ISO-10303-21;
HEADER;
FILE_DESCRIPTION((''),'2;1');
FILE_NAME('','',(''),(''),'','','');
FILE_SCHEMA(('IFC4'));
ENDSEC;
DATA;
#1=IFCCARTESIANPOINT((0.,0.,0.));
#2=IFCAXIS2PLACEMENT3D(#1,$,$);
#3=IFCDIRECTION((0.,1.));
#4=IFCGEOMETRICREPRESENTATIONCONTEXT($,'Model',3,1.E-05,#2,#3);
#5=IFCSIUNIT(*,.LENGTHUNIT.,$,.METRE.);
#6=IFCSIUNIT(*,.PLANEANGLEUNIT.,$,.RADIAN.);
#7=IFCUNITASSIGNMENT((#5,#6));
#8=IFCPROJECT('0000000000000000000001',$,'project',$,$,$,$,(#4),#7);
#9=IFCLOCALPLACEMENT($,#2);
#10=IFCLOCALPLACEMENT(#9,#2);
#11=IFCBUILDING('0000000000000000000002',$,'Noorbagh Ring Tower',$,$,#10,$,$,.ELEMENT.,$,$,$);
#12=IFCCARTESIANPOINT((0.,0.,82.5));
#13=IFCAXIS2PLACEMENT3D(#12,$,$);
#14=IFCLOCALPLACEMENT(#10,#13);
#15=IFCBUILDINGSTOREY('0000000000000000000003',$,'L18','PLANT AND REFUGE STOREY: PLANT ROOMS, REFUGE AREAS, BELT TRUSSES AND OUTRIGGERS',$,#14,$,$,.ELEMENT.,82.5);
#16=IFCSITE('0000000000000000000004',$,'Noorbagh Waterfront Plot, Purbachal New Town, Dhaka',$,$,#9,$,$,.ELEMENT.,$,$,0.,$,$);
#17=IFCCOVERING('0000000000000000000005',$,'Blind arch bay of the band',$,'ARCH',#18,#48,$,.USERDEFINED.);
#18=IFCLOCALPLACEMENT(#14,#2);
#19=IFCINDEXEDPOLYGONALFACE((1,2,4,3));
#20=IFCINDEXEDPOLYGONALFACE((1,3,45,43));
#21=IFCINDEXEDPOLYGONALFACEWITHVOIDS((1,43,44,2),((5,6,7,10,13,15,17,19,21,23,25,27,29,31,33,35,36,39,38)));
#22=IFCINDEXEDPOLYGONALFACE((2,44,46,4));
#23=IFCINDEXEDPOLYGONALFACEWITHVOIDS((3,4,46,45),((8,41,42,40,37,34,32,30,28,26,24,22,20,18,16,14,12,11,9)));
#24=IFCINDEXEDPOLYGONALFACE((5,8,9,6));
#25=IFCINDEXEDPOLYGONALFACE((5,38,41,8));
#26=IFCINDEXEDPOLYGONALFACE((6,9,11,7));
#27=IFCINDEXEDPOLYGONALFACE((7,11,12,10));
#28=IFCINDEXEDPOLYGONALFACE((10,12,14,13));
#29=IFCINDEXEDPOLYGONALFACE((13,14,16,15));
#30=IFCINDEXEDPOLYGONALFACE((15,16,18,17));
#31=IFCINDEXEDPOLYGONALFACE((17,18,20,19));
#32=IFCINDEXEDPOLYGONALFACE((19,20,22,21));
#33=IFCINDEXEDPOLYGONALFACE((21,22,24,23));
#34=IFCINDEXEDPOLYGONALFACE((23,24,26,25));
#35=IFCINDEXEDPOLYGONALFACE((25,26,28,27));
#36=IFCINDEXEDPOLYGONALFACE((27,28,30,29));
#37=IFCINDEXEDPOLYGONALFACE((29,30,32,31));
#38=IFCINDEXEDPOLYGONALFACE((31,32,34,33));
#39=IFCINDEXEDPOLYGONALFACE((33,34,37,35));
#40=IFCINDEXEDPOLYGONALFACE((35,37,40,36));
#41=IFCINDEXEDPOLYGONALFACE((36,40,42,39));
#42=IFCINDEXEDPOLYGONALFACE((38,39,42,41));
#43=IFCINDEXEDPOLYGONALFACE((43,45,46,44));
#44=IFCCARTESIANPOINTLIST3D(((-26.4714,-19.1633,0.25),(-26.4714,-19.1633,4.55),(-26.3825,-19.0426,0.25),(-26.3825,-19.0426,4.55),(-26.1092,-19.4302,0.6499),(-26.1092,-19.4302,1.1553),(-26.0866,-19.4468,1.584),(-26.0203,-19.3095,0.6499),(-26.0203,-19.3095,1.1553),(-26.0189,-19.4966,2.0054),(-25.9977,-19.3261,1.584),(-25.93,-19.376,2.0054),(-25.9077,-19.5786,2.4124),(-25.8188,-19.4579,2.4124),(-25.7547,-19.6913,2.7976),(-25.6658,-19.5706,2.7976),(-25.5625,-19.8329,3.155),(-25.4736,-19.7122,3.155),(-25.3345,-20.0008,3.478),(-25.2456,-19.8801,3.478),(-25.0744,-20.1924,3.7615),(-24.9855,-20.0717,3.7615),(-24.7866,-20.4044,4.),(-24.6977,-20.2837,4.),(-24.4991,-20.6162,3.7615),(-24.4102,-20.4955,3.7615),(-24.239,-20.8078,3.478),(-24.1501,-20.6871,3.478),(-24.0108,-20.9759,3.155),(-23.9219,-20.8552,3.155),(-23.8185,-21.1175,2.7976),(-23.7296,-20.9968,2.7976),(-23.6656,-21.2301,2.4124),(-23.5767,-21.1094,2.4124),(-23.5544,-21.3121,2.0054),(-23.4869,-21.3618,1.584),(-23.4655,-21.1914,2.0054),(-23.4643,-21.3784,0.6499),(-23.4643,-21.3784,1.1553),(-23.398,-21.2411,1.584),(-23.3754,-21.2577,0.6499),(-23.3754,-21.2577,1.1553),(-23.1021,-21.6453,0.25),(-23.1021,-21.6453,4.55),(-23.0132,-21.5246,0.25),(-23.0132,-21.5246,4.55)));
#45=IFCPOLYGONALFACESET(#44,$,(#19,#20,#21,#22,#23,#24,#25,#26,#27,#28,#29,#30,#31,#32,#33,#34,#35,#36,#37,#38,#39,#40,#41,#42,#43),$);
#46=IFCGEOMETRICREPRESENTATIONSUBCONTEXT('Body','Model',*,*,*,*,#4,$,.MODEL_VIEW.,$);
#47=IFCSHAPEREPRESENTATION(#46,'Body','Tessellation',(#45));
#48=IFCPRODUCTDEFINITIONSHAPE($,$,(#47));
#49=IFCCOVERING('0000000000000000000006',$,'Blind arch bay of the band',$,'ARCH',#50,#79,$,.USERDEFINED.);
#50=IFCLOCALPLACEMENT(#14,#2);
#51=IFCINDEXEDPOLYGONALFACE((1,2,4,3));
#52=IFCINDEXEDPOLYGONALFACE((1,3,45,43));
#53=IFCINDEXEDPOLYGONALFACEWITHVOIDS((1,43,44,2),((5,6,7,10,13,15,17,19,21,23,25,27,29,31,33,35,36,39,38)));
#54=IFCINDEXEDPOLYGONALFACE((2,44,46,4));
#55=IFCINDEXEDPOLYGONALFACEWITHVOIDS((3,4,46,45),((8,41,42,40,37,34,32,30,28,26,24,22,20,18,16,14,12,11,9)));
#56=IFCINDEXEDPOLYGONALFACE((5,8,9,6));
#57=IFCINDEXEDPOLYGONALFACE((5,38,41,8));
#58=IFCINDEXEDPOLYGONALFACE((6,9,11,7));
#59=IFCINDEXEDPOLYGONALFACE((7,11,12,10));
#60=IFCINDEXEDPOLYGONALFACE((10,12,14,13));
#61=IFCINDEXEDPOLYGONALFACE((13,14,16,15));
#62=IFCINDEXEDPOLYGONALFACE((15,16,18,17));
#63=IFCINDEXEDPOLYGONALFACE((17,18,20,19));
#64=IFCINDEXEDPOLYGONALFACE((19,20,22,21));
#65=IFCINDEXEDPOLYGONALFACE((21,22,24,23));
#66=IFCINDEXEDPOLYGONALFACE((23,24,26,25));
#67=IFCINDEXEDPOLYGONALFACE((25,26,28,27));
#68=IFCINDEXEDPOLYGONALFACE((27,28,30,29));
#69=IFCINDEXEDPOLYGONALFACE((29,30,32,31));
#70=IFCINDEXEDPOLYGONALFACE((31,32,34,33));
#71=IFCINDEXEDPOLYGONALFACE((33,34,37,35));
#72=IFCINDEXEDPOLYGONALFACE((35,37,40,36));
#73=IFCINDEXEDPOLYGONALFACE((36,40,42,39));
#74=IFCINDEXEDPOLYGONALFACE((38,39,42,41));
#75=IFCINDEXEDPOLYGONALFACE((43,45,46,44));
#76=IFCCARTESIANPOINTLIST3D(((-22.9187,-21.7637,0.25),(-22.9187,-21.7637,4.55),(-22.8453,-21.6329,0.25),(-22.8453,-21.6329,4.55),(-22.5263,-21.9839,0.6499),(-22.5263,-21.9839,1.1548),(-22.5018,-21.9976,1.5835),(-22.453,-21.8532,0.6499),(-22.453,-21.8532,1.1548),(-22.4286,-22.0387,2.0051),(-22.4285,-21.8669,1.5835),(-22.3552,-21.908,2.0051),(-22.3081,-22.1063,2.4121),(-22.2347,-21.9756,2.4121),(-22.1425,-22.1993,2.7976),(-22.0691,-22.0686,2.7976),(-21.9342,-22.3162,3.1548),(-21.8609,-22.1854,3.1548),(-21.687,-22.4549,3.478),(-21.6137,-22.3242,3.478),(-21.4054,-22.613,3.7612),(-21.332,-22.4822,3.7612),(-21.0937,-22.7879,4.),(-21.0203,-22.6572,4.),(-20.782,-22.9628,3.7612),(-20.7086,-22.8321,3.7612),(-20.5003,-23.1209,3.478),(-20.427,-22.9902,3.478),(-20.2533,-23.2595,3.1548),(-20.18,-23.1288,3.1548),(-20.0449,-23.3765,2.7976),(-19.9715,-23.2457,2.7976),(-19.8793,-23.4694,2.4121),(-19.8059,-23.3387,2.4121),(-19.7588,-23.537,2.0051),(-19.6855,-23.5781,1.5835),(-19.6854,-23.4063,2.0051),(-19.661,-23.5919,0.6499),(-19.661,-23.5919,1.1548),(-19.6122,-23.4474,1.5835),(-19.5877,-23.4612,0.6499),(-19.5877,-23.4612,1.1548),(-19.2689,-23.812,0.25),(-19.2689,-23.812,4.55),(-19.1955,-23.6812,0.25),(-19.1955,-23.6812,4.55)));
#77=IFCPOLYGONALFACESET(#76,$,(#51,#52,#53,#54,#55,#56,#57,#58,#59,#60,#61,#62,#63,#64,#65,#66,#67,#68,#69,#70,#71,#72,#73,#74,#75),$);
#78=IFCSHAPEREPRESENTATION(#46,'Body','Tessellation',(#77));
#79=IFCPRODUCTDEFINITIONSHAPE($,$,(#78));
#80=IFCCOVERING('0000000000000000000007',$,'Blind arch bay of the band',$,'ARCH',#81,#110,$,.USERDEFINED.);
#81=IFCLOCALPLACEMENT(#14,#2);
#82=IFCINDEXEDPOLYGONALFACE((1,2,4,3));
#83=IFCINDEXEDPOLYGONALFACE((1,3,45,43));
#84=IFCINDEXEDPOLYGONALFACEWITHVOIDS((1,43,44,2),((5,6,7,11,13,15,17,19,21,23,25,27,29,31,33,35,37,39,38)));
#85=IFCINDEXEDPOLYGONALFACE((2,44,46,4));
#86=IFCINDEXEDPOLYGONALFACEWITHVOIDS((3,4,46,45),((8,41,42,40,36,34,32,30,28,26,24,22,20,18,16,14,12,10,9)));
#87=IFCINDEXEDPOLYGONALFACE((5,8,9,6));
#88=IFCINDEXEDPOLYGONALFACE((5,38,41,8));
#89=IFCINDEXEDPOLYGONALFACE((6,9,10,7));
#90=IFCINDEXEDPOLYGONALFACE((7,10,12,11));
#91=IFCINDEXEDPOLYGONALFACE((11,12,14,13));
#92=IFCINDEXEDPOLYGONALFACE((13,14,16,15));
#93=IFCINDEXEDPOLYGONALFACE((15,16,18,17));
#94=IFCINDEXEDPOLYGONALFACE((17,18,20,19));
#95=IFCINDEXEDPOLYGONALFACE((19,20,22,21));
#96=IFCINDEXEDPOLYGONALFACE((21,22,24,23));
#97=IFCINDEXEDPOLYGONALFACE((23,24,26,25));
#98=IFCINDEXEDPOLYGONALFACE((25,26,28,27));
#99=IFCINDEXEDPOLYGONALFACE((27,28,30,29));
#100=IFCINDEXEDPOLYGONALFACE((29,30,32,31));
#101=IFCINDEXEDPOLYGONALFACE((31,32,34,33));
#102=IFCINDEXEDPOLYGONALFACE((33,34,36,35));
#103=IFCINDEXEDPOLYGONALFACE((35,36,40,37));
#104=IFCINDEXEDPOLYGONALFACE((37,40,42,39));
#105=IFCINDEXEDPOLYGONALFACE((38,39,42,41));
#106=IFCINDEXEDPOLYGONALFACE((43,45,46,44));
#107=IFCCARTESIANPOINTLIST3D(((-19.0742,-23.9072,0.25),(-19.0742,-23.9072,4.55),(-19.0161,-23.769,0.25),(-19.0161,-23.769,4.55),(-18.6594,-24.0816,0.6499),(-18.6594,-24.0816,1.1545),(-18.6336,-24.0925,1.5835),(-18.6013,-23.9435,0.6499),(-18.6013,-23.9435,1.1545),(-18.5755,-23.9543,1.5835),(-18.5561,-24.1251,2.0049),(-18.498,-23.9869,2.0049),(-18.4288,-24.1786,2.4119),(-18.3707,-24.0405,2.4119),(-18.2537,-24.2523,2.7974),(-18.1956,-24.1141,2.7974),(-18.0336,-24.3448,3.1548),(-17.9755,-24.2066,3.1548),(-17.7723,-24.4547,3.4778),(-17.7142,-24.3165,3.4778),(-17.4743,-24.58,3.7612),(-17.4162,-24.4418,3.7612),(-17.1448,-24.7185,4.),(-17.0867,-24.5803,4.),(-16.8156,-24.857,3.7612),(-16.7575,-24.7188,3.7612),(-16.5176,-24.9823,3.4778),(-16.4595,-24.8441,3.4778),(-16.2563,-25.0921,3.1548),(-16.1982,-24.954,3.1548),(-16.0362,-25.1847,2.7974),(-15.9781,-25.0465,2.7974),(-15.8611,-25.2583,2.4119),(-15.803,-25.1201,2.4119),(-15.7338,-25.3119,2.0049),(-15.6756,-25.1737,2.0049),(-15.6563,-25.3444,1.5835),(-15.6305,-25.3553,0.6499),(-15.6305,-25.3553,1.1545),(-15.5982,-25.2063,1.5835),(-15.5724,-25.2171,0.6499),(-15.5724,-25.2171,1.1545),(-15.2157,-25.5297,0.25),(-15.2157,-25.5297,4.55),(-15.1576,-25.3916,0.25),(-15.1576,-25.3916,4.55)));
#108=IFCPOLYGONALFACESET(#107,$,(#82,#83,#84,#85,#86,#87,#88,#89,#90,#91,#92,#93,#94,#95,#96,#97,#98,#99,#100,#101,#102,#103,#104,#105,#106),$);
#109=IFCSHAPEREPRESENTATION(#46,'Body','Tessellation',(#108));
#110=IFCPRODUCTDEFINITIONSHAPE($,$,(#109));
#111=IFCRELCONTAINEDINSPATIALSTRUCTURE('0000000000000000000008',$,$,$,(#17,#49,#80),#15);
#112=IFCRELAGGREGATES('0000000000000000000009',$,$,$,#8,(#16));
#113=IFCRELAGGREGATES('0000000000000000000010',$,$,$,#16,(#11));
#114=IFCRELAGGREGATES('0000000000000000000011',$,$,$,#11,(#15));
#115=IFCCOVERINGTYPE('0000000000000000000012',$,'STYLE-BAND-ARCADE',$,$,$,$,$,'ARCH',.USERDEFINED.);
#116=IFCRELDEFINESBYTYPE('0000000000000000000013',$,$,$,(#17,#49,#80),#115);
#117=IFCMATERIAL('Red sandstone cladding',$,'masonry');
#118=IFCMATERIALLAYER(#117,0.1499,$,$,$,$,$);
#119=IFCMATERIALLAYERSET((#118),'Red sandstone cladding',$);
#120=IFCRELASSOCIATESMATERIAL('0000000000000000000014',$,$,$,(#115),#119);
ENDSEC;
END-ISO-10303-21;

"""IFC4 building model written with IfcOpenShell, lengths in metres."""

from ifc_helpers import new_model, si_unit, direction, frame, origin, place, context, subcontext, project, spatial, polyline, outline, extrude, material, layer, layer_set, type_object, element, save


model = new_model("IFC4")

# Units and contexts
model_context = context("Model", 3, precision=1e-05, world=origin(), true_north=direction((0.0, 1.0)))
body_context = subcontext(model_context, "Body", "Model", "MODEL_VIEW")
ifc_project = project(units=[si_unit("LENGTHUNIT", "METRE"), si_unit("PLANEANGLEUNIT", "RADIAN")], contexts=[model_context])

# Site, building, storey
site_placement = place(None, origin())
site = spatial("IfcSite", under=ifc_project, at=site_placement, Name="Noorbagh Waterfront Plot, Purbachal New Town, Dhaka", CompositionType="ELEMENT", RefElevation=0.0)
building_placement = place(site_placement, origin())
building = spatial("IfcBuilding", under=site, at=building_placement, Name="Noorbagh Ring Tower", CompositionType="ELEMENT")
storey_placement = place(building_placement, frame((0.0, 0.0, 82.5)))
storey = spatial("IfcBuildingStorey", under=building, at=storey_placement, Name="L18", Description="PLANT AND REFUGE STOREY: PLANT ROOMS, REFUGE AREAS, BELT TRUSSES AND OUTRIGGERS", CompositionType="ELEMENT", Elevation=82.5)

# Coverings
ifc_material_1 = material(Name="Red sandstone cladding", Category="masonry")
ifc_layer_1 = layer(ifc_material_1, 0.1499)
ifc_layer_set_1 = layer_set([ifc_layer_1], Name="Red sandstone cladding")
covering_type_1 = type_object("IfcCoveringType", Name="STYLE-BAND-ARCADE", ElementType="ARCH", PredefinedType="USERDEFINED", material=ifc_layer_set_1)
covering_1_placement = place(storey_placement, frame((-26.4714, -19.1633, 0.25), z_axis=(-0.59308, -0.805144, 0.0), x_axis=(0.805144, -0.59308, 0.0)))
element("IfcCovering", 1, at=covering_1_placement, inside=storey, type_object=covering_type_1, Name="Blind arch bay of the band", ObjectType="ARCH", PredefinedType="USERDEFINED", context=body_context, shape_type="SweptSolid", body=[
    extrude(outline(polyline([(0.0, 0.0), (4.1848, 0.0), (4.1848, 4.3), (0.0, 4.3), (0.0, 0.0)]), holes=[polyline([(0.45, 0.3999), (0.45, 0.9053), (0.478, 1.334), (0.562, 1.7554), (0.7002, 2.1624), (0.8901, 2.5476), (1.1289, 2.905), (1.4121, 3.228), (1.7351, 3.5115), (2.0925, 3.75), (2.4497, 3.5115), (2.7727, 3.228), (3.0562, 2.905), (3.2949, 2.5476), (3.4849, 2.1624), (3.623, 1.7554), (3.7068, 1.334), (3.7349, 0.9053), (3.7349, 0.3999), (0.45, 0.3999)])]), origin(), (0.0, 0.0, -1.0), 0.1499),
])
covering_2_placement = place(storey_placement, frame((-22.9187, -21.7637, 0.25), z_axis=(-0.489402, -0.872058, 0.0), x_axis=(0.872058, -0.489402, 0.0)))
element("IfcCovering", 2, at=covering_2_placement, inside=storey, type_object=covering_type_1, Name="Blind arch bay of the band", ObjectType="ARCH", PredefinedType="USERDEFINED", context=body_context, shape_type="SweptSolid", body=[
    extrude(outline(polyline([(0.0, 0.0), (4.1853, 0.0), (4.1853, 4.3), (0.0, 4.3), (0.0, 0.0)]), holes=[polyline([(0.45, 0.3999), (0.45, 0.9048), (0.478, 1.3335), (0.562, 1.7551), (0.7002, 2.1621), (0.8901, 2.5476), (1.1289, 2.9048), (1.4124, 3.228), (1.7354, 3.5112), (2.0928, 3.75), (2.4502, 3.5112), (2.7732, 3.228), (3.0564, 2.9048), (3.2954, 2.5476), (3.4854, 2.1621), (3.6235, 1.7551), (3.7075, 1.3335), (3.7356, 0.9048), (3.7356, 0.3999), (0.45, 0.3999)])]), origin(), (0.0, 0.0, -1.0), 0.1499),
])
covering_3_placement = place(storey_placement, frame((-19.0742, -23.9072, 0.25), z_axis=(-0.387624, -0.921818, 0.0), x_axis=(0.921818, -0.387624, 0.0)))
element("IfcCovering", 3, at=covering_3_placement, inside=storey, type_object=covering_type_1, Name="Blind arch bay of the band", ObjectType="ARCH", PredefinedType="USERDEFINED", context=body_context, shape_type="SweptSolid", body=[
    extrude(outline(polyline([(0.0, 0.0), (4.1858, 0.0), (4.1858, 4.3), (0.0, 4.3), (0.0, 0.0)]), holes=[polyline([(0.45, 0.3999), (0.45, 0.9045), (0.478, 1.3335), (0.562, 1.7549), (0.7002, 2.1619), (0.8901, 2.5474), (1.1289, 2.9048), (1.4124, 3.2278), (1.7356, 3.5112), (2.093, 3.75), (2.4502, 3.5112), (2.7734, 3.2278), (3.0569, 2.9048), (3.2957, 2.5474), (3.4856, 2.1619), (3.6238, 1.7549), (3.7078, 1.3335), (3.7358, 0.9045), (3.7358, 0.3999), (0.45, 0.3999)])]), origin(), (0.0, 0.0, -1.0), 0.1499),
])

save(model, "model.ifc")
